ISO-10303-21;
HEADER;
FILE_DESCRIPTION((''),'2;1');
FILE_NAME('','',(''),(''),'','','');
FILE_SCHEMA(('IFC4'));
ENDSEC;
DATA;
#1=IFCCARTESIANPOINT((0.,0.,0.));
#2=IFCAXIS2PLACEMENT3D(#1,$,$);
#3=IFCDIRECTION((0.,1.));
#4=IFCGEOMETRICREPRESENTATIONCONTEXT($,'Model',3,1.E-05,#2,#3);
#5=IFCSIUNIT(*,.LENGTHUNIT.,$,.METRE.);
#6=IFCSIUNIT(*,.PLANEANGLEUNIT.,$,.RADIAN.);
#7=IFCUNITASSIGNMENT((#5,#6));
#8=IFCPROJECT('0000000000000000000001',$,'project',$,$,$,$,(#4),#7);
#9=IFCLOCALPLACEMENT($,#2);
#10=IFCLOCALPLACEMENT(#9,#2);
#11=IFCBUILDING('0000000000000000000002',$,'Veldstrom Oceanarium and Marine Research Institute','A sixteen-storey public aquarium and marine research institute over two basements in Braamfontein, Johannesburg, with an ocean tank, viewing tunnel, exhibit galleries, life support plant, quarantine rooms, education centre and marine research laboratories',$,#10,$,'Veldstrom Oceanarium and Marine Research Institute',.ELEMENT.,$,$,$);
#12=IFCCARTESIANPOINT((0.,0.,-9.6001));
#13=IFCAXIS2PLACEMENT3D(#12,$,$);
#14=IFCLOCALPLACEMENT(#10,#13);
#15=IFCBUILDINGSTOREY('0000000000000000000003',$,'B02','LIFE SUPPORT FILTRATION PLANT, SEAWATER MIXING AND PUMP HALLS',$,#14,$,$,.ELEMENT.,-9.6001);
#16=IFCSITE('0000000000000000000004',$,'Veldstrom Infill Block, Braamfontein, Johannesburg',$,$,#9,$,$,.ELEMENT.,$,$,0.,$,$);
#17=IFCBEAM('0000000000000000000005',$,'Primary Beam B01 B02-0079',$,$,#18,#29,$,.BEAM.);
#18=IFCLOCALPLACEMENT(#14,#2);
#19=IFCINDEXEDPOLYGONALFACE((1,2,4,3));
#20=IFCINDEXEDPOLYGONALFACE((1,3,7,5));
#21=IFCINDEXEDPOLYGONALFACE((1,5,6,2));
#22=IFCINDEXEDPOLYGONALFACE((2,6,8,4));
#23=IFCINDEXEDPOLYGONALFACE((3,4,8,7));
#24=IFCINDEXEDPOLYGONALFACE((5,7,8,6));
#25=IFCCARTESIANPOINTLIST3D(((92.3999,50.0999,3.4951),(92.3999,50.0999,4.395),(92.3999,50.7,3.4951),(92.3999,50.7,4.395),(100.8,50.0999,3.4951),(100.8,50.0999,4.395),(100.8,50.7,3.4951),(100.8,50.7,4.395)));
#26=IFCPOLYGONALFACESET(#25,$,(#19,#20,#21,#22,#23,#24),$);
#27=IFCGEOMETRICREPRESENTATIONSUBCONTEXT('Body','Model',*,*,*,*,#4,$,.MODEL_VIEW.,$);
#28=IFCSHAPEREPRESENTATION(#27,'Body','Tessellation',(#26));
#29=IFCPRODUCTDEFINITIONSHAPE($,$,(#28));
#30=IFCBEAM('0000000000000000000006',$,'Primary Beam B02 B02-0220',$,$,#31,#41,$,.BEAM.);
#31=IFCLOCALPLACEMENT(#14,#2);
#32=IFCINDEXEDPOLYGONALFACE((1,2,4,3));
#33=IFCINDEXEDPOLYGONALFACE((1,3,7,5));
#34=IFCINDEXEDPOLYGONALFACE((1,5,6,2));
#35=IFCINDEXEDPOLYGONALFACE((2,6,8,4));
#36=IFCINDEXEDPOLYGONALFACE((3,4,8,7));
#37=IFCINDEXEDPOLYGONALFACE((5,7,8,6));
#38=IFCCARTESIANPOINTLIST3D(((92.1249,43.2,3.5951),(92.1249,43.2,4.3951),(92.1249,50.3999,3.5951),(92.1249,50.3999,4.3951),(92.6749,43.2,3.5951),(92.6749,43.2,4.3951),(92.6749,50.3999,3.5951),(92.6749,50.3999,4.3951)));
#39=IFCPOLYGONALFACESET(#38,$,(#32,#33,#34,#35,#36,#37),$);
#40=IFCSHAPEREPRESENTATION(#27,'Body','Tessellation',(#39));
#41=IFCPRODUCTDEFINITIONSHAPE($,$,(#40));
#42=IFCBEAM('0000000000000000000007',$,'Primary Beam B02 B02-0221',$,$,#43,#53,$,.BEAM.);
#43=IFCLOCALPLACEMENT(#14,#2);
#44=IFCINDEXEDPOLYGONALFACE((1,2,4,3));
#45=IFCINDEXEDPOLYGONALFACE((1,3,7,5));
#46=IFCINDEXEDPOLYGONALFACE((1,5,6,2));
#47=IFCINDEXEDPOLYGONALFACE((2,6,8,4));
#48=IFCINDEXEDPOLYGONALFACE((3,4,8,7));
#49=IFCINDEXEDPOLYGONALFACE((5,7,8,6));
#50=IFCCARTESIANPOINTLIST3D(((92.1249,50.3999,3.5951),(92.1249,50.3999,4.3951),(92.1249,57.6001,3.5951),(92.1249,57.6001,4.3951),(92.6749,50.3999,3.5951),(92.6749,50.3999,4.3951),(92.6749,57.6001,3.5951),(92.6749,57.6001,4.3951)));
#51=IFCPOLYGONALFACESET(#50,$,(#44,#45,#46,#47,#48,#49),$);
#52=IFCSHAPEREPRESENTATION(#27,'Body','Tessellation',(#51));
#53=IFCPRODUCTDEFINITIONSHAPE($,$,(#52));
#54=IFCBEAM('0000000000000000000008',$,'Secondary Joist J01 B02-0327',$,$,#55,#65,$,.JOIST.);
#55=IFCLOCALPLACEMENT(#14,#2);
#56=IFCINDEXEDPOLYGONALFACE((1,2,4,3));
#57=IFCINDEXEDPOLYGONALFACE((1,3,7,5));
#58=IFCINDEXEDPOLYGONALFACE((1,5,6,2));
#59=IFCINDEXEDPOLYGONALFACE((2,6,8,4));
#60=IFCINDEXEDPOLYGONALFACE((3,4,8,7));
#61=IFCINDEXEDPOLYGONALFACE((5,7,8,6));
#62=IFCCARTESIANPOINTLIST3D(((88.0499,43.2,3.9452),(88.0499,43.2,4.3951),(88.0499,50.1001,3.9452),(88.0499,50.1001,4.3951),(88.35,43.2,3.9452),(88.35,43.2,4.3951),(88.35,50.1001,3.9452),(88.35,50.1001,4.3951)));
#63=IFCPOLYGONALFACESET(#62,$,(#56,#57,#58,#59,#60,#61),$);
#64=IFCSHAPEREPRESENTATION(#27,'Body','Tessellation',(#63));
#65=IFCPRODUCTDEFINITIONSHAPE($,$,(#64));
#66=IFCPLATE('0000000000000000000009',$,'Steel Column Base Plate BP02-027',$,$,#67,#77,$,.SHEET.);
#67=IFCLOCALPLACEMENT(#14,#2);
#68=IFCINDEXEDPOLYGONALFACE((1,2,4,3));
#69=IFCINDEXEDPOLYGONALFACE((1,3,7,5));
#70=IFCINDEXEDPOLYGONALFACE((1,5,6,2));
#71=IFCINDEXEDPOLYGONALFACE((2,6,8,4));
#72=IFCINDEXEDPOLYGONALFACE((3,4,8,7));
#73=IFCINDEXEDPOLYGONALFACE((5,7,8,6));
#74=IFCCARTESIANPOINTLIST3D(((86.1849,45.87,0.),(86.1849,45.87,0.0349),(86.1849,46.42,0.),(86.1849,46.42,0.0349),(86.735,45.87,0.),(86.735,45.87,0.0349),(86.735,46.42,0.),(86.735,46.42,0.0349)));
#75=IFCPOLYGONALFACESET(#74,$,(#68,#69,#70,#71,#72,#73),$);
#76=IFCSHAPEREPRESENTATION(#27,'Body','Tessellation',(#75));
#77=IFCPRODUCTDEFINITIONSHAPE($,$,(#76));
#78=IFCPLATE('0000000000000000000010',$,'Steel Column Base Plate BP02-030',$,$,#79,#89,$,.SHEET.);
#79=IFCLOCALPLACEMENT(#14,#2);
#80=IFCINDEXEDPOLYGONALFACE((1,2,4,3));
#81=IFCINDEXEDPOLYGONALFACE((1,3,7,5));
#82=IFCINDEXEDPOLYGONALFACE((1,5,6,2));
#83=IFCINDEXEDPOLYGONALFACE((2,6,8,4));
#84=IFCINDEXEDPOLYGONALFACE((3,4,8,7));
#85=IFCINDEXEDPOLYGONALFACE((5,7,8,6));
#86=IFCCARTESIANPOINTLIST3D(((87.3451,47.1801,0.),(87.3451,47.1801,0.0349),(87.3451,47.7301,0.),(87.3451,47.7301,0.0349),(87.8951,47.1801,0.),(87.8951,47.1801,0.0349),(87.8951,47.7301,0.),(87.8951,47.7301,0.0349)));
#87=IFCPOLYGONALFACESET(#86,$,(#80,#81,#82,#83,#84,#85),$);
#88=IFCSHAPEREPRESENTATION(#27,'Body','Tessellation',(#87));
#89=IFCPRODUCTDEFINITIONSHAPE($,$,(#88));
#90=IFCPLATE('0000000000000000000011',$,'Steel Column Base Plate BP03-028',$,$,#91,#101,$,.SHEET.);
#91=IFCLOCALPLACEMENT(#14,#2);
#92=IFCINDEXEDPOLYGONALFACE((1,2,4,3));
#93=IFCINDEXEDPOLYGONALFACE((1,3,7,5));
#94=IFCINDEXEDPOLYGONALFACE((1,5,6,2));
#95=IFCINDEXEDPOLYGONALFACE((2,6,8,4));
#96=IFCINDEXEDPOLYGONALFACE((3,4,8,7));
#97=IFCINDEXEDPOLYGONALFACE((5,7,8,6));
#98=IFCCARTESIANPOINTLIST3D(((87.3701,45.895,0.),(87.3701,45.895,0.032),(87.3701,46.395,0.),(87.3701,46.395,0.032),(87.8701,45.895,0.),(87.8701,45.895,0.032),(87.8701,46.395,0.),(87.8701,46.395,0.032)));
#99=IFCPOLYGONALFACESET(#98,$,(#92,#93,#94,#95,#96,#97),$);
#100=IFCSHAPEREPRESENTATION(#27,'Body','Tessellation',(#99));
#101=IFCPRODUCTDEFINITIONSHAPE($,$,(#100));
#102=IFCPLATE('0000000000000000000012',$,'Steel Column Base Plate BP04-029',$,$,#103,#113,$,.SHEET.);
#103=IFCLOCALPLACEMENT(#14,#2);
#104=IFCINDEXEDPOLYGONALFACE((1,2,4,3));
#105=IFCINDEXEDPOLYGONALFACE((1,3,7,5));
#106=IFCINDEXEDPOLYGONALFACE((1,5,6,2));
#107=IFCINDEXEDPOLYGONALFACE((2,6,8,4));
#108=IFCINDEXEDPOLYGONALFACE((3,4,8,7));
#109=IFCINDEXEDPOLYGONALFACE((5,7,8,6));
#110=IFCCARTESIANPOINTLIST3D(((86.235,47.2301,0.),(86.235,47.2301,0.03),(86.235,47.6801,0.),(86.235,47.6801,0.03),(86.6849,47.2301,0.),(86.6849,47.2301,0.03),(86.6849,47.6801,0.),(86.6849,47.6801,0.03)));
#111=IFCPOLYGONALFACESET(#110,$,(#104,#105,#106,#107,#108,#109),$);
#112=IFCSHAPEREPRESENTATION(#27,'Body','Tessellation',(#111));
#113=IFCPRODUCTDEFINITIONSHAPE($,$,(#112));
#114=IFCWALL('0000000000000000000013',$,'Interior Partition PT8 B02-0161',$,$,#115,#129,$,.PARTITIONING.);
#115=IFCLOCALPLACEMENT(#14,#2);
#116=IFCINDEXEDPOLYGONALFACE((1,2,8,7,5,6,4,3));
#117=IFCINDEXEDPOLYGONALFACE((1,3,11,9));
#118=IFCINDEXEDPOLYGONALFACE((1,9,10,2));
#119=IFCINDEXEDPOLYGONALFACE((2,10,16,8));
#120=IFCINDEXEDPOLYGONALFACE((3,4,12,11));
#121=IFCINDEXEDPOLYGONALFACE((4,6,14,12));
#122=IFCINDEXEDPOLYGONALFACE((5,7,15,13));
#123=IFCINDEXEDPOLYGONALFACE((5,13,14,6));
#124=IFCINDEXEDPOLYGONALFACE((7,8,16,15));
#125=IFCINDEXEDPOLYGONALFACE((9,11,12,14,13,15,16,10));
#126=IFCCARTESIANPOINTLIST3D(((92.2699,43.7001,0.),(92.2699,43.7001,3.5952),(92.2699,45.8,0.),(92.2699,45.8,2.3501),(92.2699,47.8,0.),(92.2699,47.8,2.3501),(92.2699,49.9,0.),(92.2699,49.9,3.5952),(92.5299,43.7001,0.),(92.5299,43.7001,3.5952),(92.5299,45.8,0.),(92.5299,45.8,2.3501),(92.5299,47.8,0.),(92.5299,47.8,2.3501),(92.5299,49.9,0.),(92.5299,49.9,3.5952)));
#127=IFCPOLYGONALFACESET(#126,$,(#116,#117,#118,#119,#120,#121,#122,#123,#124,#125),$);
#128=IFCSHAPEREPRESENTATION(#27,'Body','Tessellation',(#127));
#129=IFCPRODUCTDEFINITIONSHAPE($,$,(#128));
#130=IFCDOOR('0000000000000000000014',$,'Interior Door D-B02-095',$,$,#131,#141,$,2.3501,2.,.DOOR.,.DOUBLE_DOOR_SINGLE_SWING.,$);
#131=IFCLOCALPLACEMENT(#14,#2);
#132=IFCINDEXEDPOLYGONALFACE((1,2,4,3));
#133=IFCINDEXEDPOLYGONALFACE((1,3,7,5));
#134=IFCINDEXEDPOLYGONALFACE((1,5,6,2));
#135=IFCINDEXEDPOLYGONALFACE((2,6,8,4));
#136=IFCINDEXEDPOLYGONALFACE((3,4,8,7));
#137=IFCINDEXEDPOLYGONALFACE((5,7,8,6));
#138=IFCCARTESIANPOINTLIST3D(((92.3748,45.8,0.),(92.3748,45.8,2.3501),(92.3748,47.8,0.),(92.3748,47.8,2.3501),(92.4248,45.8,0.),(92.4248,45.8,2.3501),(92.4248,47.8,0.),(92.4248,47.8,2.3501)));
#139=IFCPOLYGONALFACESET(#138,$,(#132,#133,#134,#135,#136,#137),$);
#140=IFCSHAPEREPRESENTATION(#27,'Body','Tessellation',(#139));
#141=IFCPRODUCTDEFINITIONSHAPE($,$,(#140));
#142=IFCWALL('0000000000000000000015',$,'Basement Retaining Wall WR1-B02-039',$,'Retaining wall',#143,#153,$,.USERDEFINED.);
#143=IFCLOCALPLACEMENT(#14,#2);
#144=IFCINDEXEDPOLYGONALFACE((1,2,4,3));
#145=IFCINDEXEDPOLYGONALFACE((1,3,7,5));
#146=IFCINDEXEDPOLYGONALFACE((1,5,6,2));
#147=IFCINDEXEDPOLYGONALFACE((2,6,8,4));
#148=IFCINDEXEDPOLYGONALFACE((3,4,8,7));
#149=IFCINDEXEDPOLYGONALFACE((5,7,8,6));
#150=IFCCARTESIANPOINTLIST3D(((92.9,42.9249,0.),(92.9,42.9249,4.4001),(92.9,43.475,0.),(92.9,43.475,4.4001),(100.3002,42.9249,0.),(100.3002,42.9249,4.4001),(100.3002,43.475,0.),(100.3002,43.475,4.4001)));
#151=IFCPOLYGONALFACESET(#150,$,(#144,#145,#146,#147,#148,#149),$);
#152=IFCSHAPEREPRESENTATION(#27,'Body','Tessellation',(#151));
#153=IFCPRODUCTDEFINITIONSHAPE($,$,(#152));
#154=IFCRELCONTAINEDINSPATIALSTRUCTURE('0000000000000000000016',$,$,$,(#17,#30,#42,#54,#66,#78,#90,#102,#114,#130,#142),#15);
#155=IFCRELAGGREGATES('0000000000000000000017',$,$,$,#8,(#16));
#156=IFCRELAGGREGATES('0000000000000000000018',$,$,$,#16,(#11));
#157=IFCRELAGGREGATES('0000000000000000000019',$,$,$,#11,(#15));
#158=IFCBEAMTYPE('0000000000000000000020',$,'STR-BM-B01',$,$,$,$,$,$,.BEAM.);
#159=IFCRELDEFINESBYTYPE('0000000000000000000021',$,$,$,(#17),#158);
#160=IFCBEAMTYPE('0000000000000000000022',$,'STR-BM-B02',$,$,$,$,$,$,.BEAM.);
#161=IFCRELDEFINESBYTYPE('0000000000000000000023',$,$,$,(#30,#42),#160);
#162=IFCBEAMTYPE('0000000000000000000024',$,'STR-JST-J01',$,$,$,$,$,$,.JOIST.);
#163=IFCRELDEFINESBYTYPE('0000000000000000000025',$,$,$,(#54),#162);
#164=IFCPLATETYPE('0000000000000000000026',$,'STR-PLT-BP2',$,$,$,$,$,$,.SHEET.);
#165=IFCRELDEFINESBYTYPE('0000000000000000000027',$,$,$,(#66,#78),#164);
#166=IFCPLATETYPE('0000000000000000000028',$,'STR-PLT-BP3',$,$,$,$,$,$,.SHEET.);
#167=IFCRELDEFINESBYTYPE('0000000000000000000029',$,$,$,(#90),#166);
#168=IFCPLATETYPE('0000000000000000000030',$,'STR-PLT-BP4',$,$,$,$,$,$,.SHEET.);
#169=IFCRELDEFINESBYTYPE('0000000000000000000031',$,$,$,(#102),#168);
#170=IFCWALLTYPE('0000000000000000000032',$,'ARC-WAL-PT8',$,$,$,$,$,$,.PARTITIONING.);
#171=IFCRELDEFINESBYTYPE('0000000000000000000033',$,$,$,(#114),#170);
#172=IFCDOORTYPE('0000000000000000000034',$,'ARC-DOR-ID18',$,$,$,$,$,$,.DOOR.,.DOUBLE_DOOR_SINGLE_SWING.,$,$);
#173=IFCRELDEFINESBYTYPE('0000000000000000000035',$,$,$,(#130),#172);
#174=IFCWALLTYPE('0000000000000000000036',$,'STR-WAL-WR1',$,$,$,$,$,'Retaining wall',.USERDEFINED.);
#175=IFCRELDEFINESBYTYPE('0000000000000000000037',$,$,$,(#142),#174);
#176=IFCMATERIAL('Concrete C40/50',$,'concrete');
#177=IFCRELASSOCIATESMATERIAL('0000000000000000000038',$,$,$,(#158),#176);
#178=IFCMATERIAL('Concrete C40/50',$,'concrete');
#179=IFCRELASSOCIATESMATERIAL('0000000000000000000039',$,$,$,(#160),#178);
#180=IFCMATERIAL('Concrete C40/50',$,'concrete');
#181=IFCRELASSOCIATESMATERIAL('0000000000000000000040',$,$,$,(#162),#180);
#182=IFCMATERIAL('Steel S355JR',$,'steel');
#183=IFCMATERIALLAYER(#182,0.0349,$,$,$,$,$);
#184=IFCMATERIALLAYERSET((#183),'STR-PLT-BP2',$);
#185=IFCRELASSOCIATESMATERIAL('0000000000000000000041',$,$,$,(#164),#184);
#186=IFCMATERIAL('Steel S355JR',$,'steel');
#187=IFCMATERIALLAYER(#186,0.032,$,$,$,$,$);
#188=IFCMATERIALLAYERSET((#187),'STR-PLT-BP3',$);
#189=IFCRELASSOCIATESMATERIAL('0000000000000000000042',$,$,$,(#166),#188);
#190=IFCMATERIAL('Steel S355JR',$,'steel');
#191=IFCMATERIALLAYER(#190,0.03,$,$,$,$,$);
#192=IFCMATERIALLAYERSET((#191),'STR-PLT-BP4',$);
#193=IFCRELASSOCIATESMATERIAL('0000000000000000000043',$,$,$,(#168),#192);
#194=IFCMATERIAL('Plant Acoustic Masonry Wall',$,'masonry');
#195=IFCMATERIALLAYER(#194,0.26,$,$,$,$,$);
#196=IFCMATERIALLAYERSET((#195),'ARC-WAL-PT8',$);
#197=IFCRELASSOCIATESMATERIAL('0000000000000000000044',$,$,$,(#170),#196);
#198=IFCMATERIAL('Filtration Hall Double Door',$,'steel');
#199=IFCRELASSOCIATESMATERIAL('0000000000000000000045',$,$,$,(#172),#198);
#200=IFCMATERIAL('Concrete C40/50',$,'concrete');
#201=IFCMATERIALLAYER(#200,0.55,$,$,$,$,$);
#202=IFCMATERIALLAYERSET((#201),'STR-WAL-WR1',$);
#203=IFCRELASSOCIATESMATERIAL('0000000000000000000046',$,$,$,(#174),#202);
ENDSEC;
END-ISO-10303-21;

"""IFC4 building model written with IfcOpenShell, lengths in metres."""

from ifc_helpers import new_model, si_unit, direction, frame, frame_2d, origin, origin_2d, place, context, subcontext, project, spatial, rectangle, extrude, material, layer, layer_set, material_profile, profile_set, type_object, element, fill, save


model = new_model("IFC4")

# Units and contexts
model_context = context("Model", 3, precision=1e-05, world=origin(), true_north=direction((0.0, 1.0)))
body_context = subcontext(model_context, "Body", "Model", "MODEL_VIEW")
ifc_project = project(units=[si_unit("LENGTHUNIT", "METRE"), si_unit("PLANEANGLEUNIT", "RADIAN")], contexts=[model_context])

# Site, building, storey
site_placement = place(None, origin())
site = spatial("IfcSite", under=ifc_project, at=site_placement, Name="Veldstrom Infill Block, Braamfontein, Johannesburg", CompositionType="ELEMENT", RefElevation=0.0)
building_placement = place(site_placement, origin())
building = spatial("IfcBuilding", under=site, at=building_placement, Name="Veldstrom Oceanarium and Marine Research Institute", Description="A sixteen-storey public aquarium and marine research institute over two basements in Braamfontein, Johannesburg, with an ocean tank, viewing tunnel, exhibit galleries, life support plant, quarantine rooms, education centre and marine research laboratories", LongName="Veldstrom Oceanarium and Marine Research Institute", CompositionType="ELEMENT")
storey_placement = place(building_placement, frame((0.0, 0.0, -9.6001)))
storey = spatial("IfcBuildingStorey", under=building, at=storey_placement, Name="B02", Description="LIFE SUPPORT FILTRATION PLANT, SEAWATER MIXING AND PUMP HALLS", CompositionType="ELEMENT", Elevation=-9.6001)

# Beams
ifc_material_1 = material(Name="Concrete C40/50", Category="concrete")
ifc_material_profile_1 = material_profile(ifc_material_1, rectangle(XDim=0.6001, YDim=0.8999, at=origin_2d()), Name="RC-BM-600x900")
ifc_profile_set_1 = profile_set([ifc_material_profile_1], Name="Concrete C40/50")
beam_type_1 = type_object("IfcBeamType", Name="STR-BM-B01", PredefinedType="BEAM", material=ifc_profile_set_1)
beam_1_placement = place(storey_placement, frame((92.3999, 50.3999, 3.9451), z_axis=(1.0, 0.0, 0.0), x_axis=(0.0, 1.0, 0.0)))
element("IfcBeam", 1, at=beam_1_placement, inside=storey, type_object=beam_type_1, Name="Primary Beam B01 B02-0079", PredefinedType="BEAM", context=body_context, shape_type="SweptSolid", body=[
    extrude(rectangle(XDim=0.6001, YDim=0.8999, at=origin_2d()), origin(), (0.0, 0.0, 1.0), 8.4001),
])
ifc_material_2 = material(Name="Concrete C40/50", Category="concrete")
ifc_material_profile_2 = material_profile(ifc_material_2, rectangle(XDim=0.55, YDim=0.8, at=origin_2d()), Name="RC-BM-550x800")
ifc_profile_set_2 = profile_set([ifc_material_profile_2], Name="Concrete C40/50")
beam_type_2 = type_object("IfcBeamType", Name="STR-BM-B02", PredefinedType="BEAM", material=ifc_profile_set_2)
beam_2_placement = place(storey_placement, frame((92.3999, 43.2, 3.9951), z_axis=(0.0, 1.0, 0.0), x_axis=(-1.0, 0.0, 0.0)))
element("IfcBeam", 2, at=beam_2_placement, inside=storey, type_object=beam_type_2, Name="Primary Beam B02 B02-0220", PredefinedType="BEAM", context=body_context, shape_type="SweptSolid", body=[
    extrude(rectangle(XDim=0.55, YDim=0.8, at=origin_2d()), origin(), (0.0, 0.0, 1.0), 7.2),
])
beam_3_placement = place(storey_placement, frame((92.3999, 50.3999, 3.9951), z_axis=(0.0, 1.0, 0.0), x_axis=(-1.0, 0.0, 0.0)))
element("IfcBeam", 3, at=beam_3_placement, inside=storey, type_object=beam_type_2, Name="Primary Beam B02 B02-0221", PredefinedType="BEAM", context=body_context, shape_type="SweptSolid", body=[
    extrude(rectangle(XDim=0.55, YDim=0.8, at=origin_2d()), origin(), (0.0, 0.0, 1.0), 7.2002),
])
ifc_material_3 = material(Name="Concrete C40/50", Category="concrete")
ifc_material_profile_3 = material_profile(ifc_material_3, rectangle(XDim=0.3, YDim=0.45, at=origin_2d()), Name="RC-JST-300x450")
ifc_profile_set_3 = profile_set([ifc_material_profile_3], Name="Concrete C40/50")
beam_type_3 = type_object("IfcBeamType", Name="STR-JST-J01", PredefinedType="JOIST", material=ifc_profile_set_3)
beam_4_placement = place(storey_placement, frame((88.2, 43.2, 4.1702), z_axis=(0.0, 1.0, 0.0), x_axis=(-1.0, 0.0, 0.0)))
element("IfcBeam", 4, at=beam_4_placement, inside=storey, type_object=beam_type_3, Name="Secondary Joist J01 B02-0327", PredefinedType="JOIST", context=body_context, shape_type="SweptSolid", body=[
    extrude(rectangle(XDim=0.3, YDim=0.45, at=origin_2d()), origin(), (0.0, 0.0, 1.0), 6.9001),
])

# Plates
ifc_material_4 = material(Name="Steel S355JR", Category="steel")
ifc_layer_1 = layer(ifc_material_4, 0.0349)
ifc_layer_set_1 = layer_set([ifc_layer_1], Name="STR-PLT-BP2")
plate_type_1 = type_object("IfcPlateType", Name="STR-PLT-BP2", PredefinedType="SHEET", material=ifc_layer_set_1)
for number, where, z_axis, x_axis, name in (
    (5, (86.46, 46.145, 0.0), (0.0, 0.0, 1.0), (1.0, 0.0, 0.0), "Steel Column Base Plate BP02-027"),
    (6, (87.6201, 47.4551, 0.0), (0.0, 0.0, 1.0), (1.0, 0.0, 0.0), "Steel Column Base Plate BP02-030"),
):
    element("IfcPlate", number, at=place(storey_placement, frame(where, z_axis=z_axis, x_axis=x_axis)), inside=storey, type_object=plate_type_1, Name=name, PredefinedType="SHEET", context=body_context, shape_type="SweptSolid", body=[
        extrude(rectangle(XDim=0.55, YDim=0.55, at=origin_2d()), origin(), (0.0, 0.0, 1.0), 0.0349),
    ])
ifc_material_5 = material(Name="Steel S355JR", Category="steel")
ifc_layer_2 = layer(ifc_material_5, 0.032)
ifc_layer_set_2 = layer_set([ifc_layer_2], Name="STR-PLT-BP3")
plate_type_2 = type_object("IfcPlateType", Name="STR-PLT-BP3", PredefinedType="SHEET", material=ifc_layer_set_2)
plate_1_placement = place(storey_placement, frame((87.6201, 46.145, 0.0), z_axis=(0.0, 0.0, 1.0), x_axis=(1.0, 0.0, 0.0)))
element("IfcPlate", 7, at=plate_1_placement, inside=storey, type_object=plate_type_2, Name="Steel Column Base Plate BP03-028", PredefinedType="SHEET", context=body_context, shape_type="SweptSolid", body=[
    extrude(rectangle(XDim=0.5, YDim=0.5, at=origin_2d()), origin(), (0.0, 0.0, 1.0), 0.032),
])
ifc_material_6 = material(Name="Steel S355JR", Category="steel")
ifc_layer_3 = layer(ifc_material_6, 0.03)
ifc_layer_set_3 = layer_set([ifc_layer_3], Name="STR-PLT-BP4")
plate_type_3 = type_object("IfcPlateType", Name="STR-PLT-BP4", PredefinedType="SHEET", material=ifc_layer_set_3)
plate_2_placement = place(storey_placement, frame((86.46, 47.4551, 0.0), z_axis=(0.0, 0.0, 1.0), x_axis=(1.0, 0.0, 0.0)))
element("IfcPlate", 8, at=plate_2_placement, inside=storey, type_object=plate_type_3, Name="Steel Column Base Plate BP04-029", PredefinedType="SHEET", context=body_context, shape_type="SweptSolid", body=[
    extrude(rectangle(XDim=0.45, YDim=0.45, at=origin_2d()), origin(), (0.0, 0.0, 1.0), 0.03),
])

# Wall, opening, door
ifc_material_7 = material(Name="Plant Acoustic Masonry Wall", Category="masonry")
ifc_layer_4 = layer(ifc_material_7, 0.26)
ifc_layer_set_4 = layer_set([ifc_layer_4], Name="ARC-WAL-PT8")
wall_type_1 = type_object("IfcWallType", Name="ARC-WAL-PT8", PredefinedType="PARTITIONING", material=ifc_layer_set_4)
wall_1_placement = place(storey_placement, frame((92.3999, 43.7, 0.0), z_axis=(0.0, 0.0, 1.0), x_axis=(0.0, 1.0, 0.0)))
wall_1 = element("IfcWall", 9, at=wall_1_placement, inside=storey, type_object=wall_type_1, Name="Interior Partition PT8 B02-0161", PredefinedType="PARTITIONING", context=body_context, shape_type="SweptSolid", body=[
    extrude(rectangle(XDim=6.2, YDim=0.26, at=frame_2d((3.1001, 0.0))), origin(), (0.0, 0.0, 1.0), 3.5952),
])
opening_1_placement = place(wall_1_placement, frame((2.1001, 0.0, 0.0)))
opening_1 = element("IfcOpeningElement", 10, at=opening_1_placement, cuts=wall_1, PredefinedType="OPENING", context=body_context, shape_type="SweptSolid", body=[
    extrude(rectangle(XDim=2.0, YDim=2.3501, at=frame_2d((1.0, 1.175))), frame((0.0, 0.1399, 0.0), z_axis=(0.0, -1.0, 0.0), x_axis=(1.0, 0.0, 0.0)), (0.0, 0.0, 1.0), 0.28),
])
ifc_material_8 = material(Name="Filtration Hall Double Door", Category="steel")
door_type_1 = type_object("IfcDoorType", Name="ARC-DOR-ID18", OperationType="DOUBLE_DOOR_SINGLE_SWING", PredefinedType="DOOR", material=ifc_material_8)
door_1_placement = place(opening_1_placement, frame((2.0, 0.0, 0.0), z_axis=(0.0, 0.0, 1.0), x_axis=(-1.0, 0.0, 0.0)))
door_1 = element("IfcDoor", 11, at=door_1_placement, inside=storey, type_object=door_type_1, Name="Interior Door D-B02-095", OperationType="DOUBLE_DOOR_SINGLE_SWING", OverallHeight=2.3501, OverallWidth=2.0, PredefinedType="DOOR", context=body_context, shape_type="SweptSolid", body=[
    extrude(rectangle(XDim=2.0, YDim=2.3501, at=frame_2d((1.0, 1.175))), frame((0.0, 0.0249, 0.0), z_axis=(0.0, -1.0, 0.0), x_axis=(1.0, 0.0, 0.0)), (0.0, 0.0, 1.0), 0.05),
])
fill(opening_1, door_1)

# Wall
ifc_material_9 = material(Name="Concrete C40/50", Category="concrete")
ifc_layer_5 = layer(ifc_material_9, 0.55)
ifc_layer_set_5 = layer_set([ifc_layer_5], Name="STR-WAL-WR1")
wall_type_2 = type_object("IfcWallType", Name="STR-WAL-WR1", ElementType="Retaining wall", PredefinedType="USERDEFINED", material=ifc_layer_set_5)
wall_2_placement = place(storey_placement, frame((92.8999, 43.2, 0.0), z_axis=(0.0, 0.0, 1.0), x_axis=(1.0, 0.0, 0.0)))
element("IfcWall", 12, at=wall_2_placement, inside=storey, type_object=wall_type_2, Name="Basement Retaining Wall WR1-B02-039", ObjectType="Retaining wall", PredefinedType="USERDEFINED", context=body_context, shape_type="SweptSolid", body=[
    extrude(rectangle(XDim=7.4001, YDim=0.55, at=frame_2d((3.7002, 0.0))), origin(), (0.0, 0.0, 1.0), 4.4001),
])

save(model, "model.ifc")
